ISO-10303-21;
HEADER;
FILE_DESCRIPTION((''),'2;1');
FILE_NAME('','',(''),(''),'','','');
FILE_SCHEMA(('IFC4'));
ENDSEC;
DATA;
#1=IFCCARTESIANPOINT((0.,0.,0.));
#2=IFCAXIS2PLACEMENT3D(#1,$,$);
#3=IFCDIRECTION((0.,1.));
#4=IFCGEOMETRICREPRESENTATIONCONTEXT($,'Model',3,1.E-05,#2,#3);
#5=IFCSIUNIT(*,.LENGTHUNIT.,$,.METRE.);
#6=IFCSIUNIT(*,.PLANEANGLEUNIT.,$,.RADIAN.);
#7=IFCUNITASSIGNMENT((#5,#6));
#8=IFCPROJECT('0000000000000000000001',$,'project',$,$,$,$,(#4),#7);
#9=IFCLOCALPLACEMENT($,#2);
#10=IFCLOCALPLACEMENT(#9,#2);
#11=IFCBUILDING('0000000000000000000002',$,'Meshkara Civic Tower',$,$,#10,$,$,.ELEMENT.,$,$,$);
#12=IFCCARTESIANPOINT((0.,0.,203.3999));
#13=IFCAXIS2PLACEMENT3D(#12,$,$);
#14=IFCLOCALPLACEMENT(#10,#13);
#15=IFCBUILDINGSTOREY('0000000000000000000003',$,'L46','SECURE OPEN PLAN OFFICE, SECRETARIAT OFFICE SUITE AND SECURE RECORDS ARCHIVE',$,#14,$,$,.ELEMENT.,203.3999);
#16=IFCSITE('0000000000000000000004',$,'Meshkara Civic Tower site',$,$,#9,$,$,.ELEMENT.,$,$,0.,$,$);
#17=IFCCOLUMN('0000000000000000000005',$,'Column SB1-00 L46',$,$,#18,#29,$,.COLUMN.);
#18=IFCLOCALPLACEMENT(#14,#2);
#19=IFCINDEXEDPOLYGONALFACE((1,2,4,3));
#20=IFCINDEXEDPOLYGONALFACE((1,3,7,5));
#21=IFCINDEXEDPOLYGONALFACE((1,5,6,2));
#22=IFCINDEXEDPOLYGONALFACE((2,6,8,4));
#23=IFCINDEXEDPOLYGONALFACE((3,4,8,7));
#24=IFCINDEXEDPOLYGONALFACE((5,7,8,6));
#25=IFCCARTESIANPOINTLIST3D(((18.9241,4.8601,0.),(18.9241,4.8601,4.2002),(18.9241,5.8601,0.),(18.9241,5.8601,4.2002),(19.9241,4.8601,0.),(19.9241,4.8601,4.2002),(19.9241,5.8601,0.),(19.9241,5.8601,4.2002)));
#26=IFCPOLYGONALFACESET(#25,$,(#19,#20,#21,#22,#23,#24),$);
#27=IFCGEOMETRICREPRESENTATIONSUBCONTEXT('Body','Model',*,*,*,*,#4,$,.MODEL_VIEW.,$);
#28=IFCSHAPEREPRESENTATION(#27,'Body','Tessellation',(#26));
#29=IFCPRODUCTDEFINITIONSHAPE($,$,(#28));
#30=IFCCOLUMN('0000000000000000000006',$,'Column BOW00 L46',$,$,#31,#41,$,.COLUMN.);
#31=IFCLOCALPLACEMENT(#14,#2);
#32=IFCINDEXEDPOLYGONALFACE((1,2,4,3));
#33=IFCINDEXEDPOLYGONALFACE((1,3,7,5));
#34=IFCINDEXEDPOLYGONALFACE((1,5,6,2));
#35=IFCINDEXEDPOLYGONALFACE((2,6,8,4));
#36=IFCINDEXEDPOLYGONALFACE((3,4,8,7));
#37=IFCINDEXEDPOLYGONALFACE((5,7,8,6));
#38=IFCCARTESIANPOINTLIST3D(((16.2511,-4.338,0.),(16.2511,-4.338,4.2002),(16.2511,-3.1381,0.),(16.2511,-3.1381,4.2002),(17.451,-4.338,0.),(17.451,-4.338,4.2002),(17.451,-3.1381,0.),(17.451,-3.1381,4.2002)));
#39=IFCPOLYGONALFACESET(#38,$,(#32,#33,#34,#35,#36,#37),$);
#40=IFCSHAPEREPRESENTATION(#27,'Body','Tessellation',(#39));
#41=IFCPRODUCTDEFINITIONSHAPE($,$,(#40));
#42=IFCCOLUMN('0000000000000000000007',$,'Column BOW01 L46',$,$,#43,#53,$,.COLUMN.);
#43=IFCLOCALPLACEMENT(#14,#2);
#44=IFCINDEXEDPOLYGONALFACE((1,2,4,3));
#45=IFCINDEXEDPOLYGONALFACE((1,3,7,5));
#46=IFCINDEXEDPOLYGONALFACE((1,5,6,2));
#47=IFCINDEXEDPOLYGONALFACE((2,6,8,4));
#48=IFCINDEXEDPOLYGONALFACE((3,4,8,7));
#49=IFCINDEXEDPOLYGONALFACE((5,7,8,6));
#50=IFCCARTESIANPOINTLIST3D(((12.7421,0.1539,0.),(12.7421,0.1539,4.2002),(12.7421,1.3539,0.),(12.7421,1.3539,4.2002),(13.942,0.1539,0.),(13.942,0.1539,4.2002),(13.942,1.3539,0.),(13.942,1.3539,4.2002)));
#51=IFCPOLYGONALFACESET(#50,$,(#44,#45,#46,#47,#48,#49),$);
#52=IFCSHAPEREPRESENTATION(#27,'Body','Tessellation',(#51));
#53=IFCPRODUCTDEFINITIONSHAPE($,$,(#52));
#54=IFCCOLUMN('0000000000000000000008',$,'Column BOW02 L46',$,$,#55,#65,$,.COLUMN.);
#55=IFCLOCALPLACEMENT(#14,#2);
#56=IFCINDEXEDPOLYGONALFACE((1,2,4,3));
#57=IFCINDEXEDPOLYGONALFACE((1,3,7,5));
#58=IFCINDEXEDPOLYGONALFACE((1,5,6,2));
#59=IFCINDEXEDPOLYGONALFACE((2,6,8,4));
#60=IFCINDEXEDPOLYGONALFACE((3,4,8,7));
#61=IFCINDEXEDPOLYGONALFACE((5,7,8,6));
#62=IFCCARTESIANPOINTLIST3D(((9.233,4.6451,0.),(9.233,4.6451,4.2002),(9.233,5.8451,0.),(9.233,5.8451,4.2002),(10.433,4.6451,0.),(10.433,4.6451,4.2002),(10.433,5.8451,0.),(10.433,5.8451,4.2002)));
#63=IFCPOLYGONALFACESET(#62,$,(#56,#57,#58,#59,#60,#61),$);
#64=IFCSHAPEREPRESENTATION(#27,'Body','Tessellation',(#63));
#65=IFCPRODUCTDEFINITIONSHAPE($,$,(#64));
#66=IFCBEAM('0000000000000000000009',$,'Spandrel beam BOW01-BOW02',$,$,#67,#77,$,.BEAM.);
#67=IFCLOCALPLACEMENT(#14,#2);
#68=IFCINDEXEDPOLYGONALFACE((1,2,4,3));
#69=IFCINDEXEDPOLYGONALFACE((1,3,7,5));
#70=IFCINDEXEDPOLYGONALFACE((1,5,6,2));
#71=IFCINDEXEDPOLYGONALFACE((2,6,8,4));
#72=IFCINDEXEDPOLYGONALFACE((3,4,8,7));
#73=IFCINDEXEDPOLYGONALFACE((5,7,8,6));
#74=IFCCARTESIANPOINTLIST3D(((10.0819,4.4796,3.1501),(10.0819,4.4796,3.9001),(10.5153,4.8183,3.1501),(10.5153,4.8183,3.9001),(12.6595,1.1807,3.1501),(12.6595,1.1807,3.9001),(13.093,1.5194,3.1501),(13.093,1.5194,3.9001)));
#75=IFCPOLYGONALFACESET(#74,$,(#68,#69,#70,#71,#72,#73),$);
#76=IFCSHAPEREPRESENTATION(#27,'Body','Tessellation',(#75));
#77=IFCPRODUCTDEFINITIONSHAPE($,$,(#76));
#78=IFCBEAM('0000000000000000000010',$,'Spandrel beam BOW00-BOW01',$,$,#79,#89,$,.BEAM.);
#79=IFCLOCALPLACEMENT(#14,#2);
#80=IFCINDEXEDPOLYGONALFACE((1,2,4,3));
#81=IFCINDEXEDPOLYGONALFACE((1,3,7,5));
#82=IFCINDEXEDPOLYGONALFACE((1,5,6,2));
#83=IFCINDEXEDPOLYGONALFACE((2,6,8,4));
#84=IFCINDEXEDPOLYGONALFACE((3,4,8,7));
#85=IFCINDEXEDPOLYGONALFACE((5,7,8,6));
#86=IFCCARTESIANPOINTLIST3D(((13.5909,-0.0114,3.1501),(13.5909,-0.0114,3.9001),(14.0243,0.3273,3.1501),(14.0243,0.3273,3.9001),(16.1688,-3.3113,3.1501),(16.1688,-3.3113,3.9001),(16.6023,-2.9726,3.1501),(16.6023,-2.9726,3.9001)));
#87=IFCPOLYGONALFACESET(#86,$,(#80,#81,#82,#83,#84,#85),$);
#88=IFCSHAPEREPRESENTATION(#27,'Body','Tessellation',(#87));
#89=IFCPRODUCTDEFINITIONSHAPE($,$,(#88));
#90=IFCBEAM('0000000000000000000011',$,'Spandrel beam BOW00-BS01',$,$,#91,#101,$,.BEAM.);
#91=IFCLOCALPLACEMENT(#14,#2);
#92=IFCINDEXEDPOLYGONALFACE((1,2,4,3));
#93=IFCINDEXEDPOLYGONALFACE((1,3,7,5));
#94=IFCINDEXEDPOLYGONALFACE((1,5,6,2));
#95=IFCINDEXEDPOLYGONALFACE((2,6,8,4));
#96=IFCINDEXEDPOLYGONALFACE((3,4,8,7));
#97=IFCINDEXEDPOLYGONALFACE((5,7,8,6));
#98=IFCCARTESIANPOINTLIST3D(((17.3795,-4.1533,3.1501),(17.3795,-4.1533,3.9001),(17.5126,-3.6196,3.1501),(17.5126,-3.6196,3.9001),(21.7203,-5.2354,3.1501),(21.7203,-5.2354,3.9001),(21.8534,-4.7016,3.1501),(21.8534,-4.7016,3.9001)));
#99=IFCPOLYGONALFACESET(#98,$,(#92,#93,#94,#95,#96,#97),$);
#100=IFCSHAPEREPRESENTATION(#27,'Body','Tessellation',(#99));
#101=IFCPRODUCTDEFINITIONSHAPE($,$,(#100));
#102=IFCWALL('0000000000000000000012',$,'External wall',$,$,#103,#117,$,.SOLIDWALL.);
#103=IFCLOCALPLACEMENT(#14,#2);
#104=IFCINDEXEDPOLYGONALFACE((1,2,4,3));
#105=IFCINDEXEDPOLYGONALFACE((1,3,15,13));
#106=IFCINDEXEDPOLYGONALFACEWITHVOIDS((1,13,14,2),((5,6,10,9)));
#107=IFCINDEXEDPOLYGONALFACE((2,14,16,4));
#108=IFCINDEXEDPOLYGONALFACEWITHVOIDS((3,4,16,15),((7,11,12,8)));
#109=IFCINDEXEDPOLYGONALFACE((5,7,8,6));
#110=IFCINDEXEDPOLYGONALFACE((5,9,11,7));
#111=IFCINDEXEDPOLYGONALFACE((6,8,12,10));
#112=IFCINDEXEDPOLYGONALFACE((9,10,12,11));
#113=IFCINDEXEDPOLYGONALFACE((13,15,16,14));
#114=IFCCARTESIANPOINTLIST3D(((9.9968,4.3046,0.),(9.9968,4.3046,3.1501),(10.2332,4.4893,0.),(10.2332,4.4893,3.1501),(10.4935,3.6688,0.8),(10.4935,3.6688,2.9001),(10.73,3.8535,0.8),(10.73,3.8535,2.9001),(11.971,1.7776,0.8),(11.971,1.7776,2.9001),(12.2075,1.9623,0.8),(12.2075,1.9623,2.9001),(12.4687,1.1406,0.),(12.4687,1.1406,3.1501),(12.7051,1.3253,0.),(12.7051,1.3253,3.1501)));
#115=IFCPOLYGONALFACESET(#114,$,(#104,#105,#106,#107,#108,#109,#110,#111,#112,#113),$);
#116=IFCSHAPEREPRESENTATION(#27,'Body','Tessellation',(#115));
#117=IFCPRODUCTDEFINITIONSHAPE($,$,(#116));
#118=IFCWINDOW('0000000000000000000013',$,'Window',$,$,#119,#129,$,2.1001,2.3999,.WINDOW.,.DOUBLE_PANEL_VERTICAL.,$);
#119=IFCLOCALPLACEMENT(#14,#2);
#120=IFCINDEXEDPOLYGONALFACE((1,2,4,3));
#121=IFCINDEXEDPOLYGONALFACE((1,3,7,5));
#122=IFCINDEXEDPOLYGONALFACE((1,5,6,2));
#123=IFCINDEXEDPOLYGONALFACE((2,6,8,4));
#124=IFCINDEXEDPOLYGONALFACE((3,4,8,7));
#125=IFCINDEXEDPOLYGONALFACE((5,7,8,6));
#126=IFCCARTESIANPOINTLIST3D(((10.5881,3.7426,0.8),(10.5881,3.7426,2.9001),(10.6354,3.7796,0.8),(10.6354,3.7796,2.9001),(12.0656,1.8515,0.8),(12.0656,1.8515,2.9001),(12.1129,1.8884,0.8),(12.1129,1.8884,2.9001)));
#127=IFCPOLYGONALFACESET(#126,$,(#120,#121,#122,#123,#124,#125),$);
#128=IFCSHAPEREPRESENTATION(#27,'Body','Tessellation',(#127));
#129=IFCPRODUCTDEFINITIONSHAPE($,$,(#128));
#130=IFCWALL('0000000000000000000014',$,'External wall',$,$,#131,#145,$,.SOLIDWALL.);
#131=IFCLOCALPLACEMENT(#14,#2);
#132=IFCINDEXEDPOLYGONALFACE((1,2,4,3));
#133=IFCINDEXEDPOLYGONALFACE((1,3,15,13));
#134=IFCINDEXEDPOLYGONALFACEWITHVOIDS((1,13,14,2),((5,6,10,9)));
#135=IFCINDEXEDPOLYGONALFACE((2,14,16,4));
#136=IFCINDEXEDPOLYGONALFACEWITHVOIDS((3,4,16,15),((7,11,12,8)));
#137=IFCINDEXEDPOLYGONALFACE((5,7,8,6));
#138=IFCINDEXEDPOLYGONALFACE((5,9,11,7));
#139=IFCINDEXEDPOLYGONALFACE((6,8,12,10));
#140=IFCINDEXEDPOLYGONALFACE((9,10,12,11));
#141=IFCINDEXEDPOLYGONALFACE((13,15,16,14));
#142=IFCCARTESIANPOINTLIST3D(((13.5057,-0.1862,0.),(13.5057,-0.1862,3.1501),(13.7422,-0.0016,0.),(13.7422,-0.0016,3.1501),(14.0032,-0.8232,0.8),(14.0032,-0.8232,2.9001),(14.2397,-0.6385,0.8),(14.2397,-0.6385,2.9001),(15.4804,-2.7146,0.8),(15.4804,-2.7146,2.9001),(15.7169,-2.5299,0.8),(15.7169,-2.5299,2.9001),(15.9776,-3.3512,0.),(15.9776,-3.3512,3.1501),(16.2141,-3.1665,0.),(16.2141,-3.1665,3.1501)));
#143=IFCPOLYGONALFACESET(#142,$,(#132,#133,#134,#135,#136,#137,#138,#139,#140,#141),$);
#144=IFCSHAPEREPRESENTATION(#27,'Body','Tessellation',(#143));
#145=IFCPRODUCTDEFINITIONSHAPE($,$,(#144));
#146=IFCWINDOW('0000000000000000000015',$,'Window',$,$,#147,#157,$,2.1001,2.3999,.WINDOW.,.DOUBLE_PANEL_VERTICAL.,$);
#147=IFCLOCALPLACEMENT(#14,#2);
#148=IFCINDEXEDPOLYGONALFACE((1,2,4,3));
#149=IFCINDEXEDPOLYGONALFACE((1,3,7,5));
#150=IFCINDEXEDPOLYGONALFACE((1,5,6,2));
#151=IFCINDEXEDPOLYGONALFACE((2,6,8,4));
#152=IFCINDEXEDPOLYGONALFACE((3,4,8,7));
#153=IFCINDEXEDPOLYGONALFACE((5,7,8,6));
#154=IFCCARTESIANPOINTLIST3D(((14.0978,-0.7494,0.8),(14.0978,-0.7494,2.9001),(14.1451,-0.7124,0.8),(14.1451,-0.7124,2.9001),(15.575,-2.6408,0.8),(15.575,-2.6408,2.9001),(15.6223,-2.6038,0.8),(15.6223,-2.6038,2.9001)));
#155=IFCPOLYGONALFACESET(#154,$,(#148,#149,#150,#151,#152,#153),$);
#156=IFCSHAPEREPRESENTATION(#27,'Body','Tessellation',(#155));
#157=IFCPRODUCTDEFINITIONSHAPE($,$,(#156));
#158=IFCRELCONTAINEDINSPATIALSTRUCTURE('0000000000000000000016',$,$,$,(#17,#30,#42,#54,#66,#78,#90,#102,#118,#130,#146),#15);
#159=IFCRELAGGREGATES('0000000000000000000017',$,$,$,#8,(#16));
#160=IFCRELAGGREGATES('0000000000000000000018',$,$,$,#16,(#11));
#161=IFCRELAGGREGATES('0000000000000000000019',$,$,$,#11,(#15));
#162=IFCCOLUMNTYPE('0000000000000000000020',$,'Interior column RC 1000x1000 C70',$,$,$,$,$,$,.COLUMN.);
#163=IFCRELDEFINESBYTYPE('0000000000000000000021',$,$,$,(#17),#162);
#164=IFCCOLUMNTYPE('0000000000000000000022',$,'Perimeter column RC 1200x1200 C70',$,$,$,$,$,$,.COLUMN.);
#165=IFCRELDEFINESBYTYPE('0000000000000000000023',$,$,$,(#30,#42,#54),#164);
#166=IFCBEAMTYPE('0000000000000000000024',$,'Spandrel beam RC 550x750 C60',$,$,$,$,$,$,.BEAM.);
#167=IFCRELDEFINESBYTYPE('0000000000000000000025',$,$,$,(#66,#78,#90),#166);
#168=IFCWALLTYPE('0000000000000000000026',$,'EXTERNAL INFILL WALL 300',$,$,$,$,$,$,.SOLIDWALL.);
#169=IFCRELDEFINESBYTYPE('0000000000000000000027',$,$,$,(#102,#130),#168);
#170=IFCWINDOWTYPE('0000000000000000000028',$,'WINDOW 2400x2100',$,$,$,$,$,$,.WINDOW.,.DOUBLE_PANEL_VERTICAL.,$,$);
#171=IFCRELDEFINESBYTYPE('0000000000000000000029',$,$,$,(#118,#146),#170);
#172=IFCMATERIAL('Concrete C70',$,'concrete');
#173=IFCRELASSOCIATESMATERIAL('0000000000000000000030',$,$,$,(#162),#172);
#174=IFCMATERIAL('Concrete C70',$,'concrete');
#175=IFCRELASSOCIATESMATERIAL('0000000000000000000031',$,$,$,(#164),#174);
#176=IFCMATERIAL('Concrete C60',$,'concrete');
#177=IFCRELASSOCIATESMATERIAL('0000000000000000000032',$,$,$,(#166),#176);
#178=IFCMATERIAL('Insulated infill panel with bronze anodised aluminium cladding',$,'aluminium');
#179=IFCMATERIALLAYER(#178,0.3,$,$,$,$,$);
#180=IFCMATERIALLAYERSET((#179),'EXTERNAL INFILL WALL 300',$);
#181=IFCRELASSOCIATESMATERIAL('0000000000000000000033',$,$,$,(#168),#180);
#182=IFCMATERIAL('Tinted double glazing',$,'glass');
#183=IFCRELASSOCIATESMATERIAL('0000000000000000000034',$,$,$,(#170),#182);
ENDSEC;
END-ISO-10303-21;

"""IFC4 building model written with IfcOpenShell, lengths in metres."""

from ifc_helpers import new_model, si_unit, direction, frame, frame_2d, origin, origin_2d, place, context, subcontext, project, spatial, rectangle, extrude, material, layer, layer_set, material_profile, profile_set, type_object, element, fill, save


model = new_model("IFC4")

# Units and contexts
model_context = context("Model", 3, precision=1e-05, world=origin(), true_north=direction((0.0, 1.0)))
body_context = subcontext(model_context, "Body", "Model", "MODEL_VIEW")
ifc_project = project(units=[si_unit("LENGTHUNIT", "METRE"), si_unit("PLANEANGLEUNIT", "RADIAN")], contexts=[model_context])

# Site, building, storey
site_placement = place(None, origin())
site = spatial("IfcSite", under=ifc_project, at=site_placement, Name="Meshkara Civic Tower site", CompositionType="ELEMENT", RefElevation=0.0)
building_placement = place(site_placement, origin())
building = spatial("IfcBuilding", under=site, at=building_placement, Name="Meshkara Civic Tower", CompositionType="ELEMENT")
storey_placement = place(building_placement, frame((0.0, 0.0, 203.3999)))
storey = spatial("IfcBuildingStorey", under=building, at=storey_placement, Name="L46", Description="SECURE OPEN PLAN OFFICE, SECRETARIAT OFFICE SUITE AND SECURE RECORDS ARCHIVE", CompositionType="ELEMENT", Elevation=203.3999)

# Columns
ifc_material_1 = material(Name="Concrete C70", Category="concrete")
ifc_material_profile_1 = material_profile(ifc_material_1, rectangle(XDim=1.0, YDim=1.0, at=origin_2d()))
ifc_profile_set_1 = profile_set([ifc_material_profile_1], Name="Concrete C70")
column_type_1 = type_object("IfcColumnType", Name="Interior column RC 1000x1000 C70", PredefinedType="COLUMN", material=ifc_profile_set_1)
column_placement = place(storey_placement, frame((19.4241, 5.3601, 0.0), z_axis=(0.0, 0.0, 1.0), x_axis=(1.0, 0.0, 0.0)))
element("IfcColumn", 1, at=column_placement, inside=storey, type_object=column_type_1, Name="Column SB1-00 L46", PredefinedType="COLUMN", context=body_context, shape_type="SweptSolid", body=[
    extrude(rectangle(XDim=1.0, YDim=1.0, at=origin_2d()), origin(), (0.0, 0.0, 1.0), 4.2002),
])
ifc_material_2 = material(Name="Concrete C70", Category="concrete")
ifc_material_profile_2 = material_profile(ifc_material_2, rectangle(XDim=1.2, YDim=1.2, at=origin_2d()))
ifc_profile_set_2 = profile_set([ifc_material_profile_2], Name="Concrete C70")
column_type_2 = type_object("IfcColumnType", Name="Perimeter column RC 1200x1200 C70", PredefinedType="COLUMN", material=ifc_profile_set_2)
for number, where, z_axis, x_axis, name in (
    (2, (16.8511, -3.738, 0.0), (0.0, 0.0, 1.0), (1.0, 0.0, 0.0), "Column BOW00 L46"),
    (3, (13.342, 0.7539, 0.0), (0.0, 0.0, 1.0), (1.0, 0.0, 0.0), "Column BOW01 L46"),
    (4, (9.833, 5.2451, 0.0), (0.0, 0.0, 1.0), (1.0, 0.0, 0.0), "Column BOW02 L46"),
):
    element("IfcColumn", number, at=place(storey_placement, frame(where, z_axis=z_axis, x_axis=x_axis)), inside=storey, type_object=column_type_2, Name=name, PredefinedType="COLUMN", context=body_context, shape_type="SweptSolid", body=[
        extrude(rectangle(XDim=1.2, YDim=1.2, at=origin_2d()), origin(), (0.0, 0.0, 1.0), 4.2002),
    ])

# Beams
ifc_material_3 = material(Name="Concrete C60", Category="concrete")
ifc_material_profile_3 = material_profile(ifc_material_3, rectangle(XDim=0.55, YDim=0.75, at=origin_2d()))
ifc_profile_set_3 = profile_set([ifc_material_profile_3], Name="Concrete C60")
beam_type = type_object("IfcBeamType", Name="Spandrel beam RC 550x750 C60", PredefinedType="BEAM", material=ifc_profile_set_3)
beam_1_placement = place(storey_placement, frame((10.2986, 4.6489, 3.5251), z_axis=(0.615707, -0.787975, 0.0), x_axis=(0.787975, 0.615707, 0.0)))
element("IfcBeam", 5, at=beam_1_placement, inside=storey, type_object=beam_type, Name="Spandrel beam BOW01-BOW02", PredefinedType="BEAM", context=body_context, shape_type="SweptSolid", body=[
    extrude(rectangle(XDim=0.55, YDim=0.75, at=origin_2d()), origin(), (0.0, 0.0, 1.0), 4.1865),
])
beam_2_placement = place(storey_placement, frame((13.8076, 0.158, 3.5251), z_axis=(0.61563, -0.788035, 0.0), x_axis=(0.788035, 0.61563, 0.0)))
element("IfcBeam", 6, at=beam_2_placement, inside=storey, type_object=beam_type, Name="Spandrel beam BOW00-BOW01", PredefinedType="BEAM", context=body_context, shape_type="SweptSolid", body=[
    extrude(rectangle(XDim=0.55, YDim=0.75, at=origin_2d()), origin(), (0.0, 0.0, 1.0), 4.1875),
])
beam_3_placement = place(storey_placement, frame((17.446, -3.8865, 3.5251), z_axis=(0.970309, -0.241868, 0.0), x_axis=(0.241868, 0.970309, 0.0)))
element("IfcBeam", 7, at=beam_3_placement, inside=storey, type_object=beam_type, Name="Spandrel beam BOW00-BS01", PredefinedType="BEAM", context=body_context, shape_type="SweptSolid", body=[
    extrude(rectangle(XDim=0.55, YDim=0.75, at=origin_2d()), origin(), (0.0, 0.0, 1.0), 4.4736),
])

# Walls, openings, windows
ifc_material_4 = material(Name="Insulated infill panel with bronze anodised aluminium cladding", Category="aluminium")
ifc_layer = layer(ifc_material_4, 0.3)
ifc_layer_set = layer_set([ifc_layer], Name="EXTERNAL INFILL WALL 300")
wall_type = type_object("IfcWallType", Name="EXTERNAL INFILL WALL 300", PredefinedType="SOLIDWALL", material=ifc_layer_set)
wall_1_placement = place(storey_placement, frame((10.115, 4.397, 0.0), z_axis=(0.0, 0.0, 1.0), x_axis=(0.615644, -0.788024, 0.0)))
wall_1 = element("IfcWall", 8, at=wall_1_placement, inside=storey, type_object=wall_type, Name="External wall", PredefinedType="SOLIDWALL", context=body_context, shape_type="SweptSolid", body=[
    extrude(rectangle(XDim=4.0151, YDim=0.3, at=frame_2d((2.0076, 0.0))), origin(), (0.0, 0.0, 1.0), 3.1501),
])
opening_1_placement = place(wall_1_placement, frame((0.8069, 0.0, 0.8)))
opening_1 = element("IfcOpeningElement", 9, at=opening_1_placement, cuts=wall_1, PredefinedType="OPENING", context=body_context, shape_type="SweptSolid", body=[
    extrude(rectangle(XDim=2.3999, YDim=2.1001, at=frame_2d((1.2, 1.05))), frame((0.0, 0.1599, 0.0), z_axis=(0.0, -1.0, 0.0), x_axis=(1.0, 0.0, 0.0)), (0.0, 0.0, 1.0), 0.3201),
])
ifc_material_5 = material(Name="Tinted double glazing", Category="glass")
window_type = type_object("IfcWindowType", Name="WINDOW 2400x2100", PartitioningType="DOUBLE_PANEL_VERTICAL", PredefinedType="WINDOW", material=ifc_material_5)
window_1_placement = place(opening_1_placement, origin())
window_1 = element("IfcWindow", 10, at=window_1_placement, inside=storey, type_object=window_type, Name="Window", OverallHeight=2.1001, OverallWidth=2.3999, PartitioningType="DOUBLE_PANEL_VERTICAL", PredefinedType="WINDOW", context=body_context, shape_type="SweptSolid", body=[
    extrude(rectangle(XDim=2.3999, YDim=2.1001, at=frame_2d((1.2, 1.05))), frame((0.0, 0.03, 0.0), z_axis=(0.0, -1.0, 0.0), x_axis=(1.0, 0.0, 0.0)), (0.0, 0.0, 1.0), 0.0601),
])
fill(opening_1, window_1)
wall_2_placement = place(storey_placement, frame((13.624, -0.094, 0.0), z_axis=(0.0, 0.0, 1.0), x_axis=(0.615526, -0.788117, 0.0)))
wall_2 = element("IfcWall", 11, at=wall_2_placement, inside=storey, type_object=wall_type, Name="External wall", PredefinedType="SOLIDWALL", context=body_context, shape_type="SweptSolid", body=[
    extrude(rectangle(XDim=4.0159, YDim=0.3, at=frame_2d((2.0078, 0.0))), origin(), (0.0, 0.0, 1.0), 3.1501),
])
opening_2_placement = place(wall_2_placement, frame((0.8081, 0.0, 0.8)))
opening_2 = element("IfcOpeningElement", 12, at=opening_2_placement, cuts=wall_2, PredefinedType="OPENING", context=body_context, shape_type="SweptSolid", body=[
    extrude(rectangle(XDim=2.3999, YDim=2.1001, at=frame_2d((1.2, 1.05))), frame((0.0, 0.1599, 0.0), z_axis=(0.0, -1.0, 0.0), x_axis=(1.0, 0.0, 0.0)), (0.0, 0.0, 1.0), 0.3201),
])
window_2_placement = place(opening_2_placement, origin())
window_2 = element("IfcWindow", 13, at=window_2_placement, inside=storey, type_object=window_type, Name="Window", OverallHeight=2.1001, OverallWidth=2.3999, PartitioningType="DOUBLE_PANEL_VERTICAL", PredefinedType="WINDOW", context=body_context, shape_type="SweptSolid", body=[
    extrude(rectangle(XDim=2.3999, YDim=2.1001, at=frame_2d((1.2, 1.05))), frame((0.0, 0.03, 0.0), z_axis=(0.0, -1.0, 0.0), x_axis=(1.0, 0.0, 0.0)), (0.0, 0.0, 1.0), 0.0601),
])
fill(opening_2, window_2)

save(model, "model.ifc")
